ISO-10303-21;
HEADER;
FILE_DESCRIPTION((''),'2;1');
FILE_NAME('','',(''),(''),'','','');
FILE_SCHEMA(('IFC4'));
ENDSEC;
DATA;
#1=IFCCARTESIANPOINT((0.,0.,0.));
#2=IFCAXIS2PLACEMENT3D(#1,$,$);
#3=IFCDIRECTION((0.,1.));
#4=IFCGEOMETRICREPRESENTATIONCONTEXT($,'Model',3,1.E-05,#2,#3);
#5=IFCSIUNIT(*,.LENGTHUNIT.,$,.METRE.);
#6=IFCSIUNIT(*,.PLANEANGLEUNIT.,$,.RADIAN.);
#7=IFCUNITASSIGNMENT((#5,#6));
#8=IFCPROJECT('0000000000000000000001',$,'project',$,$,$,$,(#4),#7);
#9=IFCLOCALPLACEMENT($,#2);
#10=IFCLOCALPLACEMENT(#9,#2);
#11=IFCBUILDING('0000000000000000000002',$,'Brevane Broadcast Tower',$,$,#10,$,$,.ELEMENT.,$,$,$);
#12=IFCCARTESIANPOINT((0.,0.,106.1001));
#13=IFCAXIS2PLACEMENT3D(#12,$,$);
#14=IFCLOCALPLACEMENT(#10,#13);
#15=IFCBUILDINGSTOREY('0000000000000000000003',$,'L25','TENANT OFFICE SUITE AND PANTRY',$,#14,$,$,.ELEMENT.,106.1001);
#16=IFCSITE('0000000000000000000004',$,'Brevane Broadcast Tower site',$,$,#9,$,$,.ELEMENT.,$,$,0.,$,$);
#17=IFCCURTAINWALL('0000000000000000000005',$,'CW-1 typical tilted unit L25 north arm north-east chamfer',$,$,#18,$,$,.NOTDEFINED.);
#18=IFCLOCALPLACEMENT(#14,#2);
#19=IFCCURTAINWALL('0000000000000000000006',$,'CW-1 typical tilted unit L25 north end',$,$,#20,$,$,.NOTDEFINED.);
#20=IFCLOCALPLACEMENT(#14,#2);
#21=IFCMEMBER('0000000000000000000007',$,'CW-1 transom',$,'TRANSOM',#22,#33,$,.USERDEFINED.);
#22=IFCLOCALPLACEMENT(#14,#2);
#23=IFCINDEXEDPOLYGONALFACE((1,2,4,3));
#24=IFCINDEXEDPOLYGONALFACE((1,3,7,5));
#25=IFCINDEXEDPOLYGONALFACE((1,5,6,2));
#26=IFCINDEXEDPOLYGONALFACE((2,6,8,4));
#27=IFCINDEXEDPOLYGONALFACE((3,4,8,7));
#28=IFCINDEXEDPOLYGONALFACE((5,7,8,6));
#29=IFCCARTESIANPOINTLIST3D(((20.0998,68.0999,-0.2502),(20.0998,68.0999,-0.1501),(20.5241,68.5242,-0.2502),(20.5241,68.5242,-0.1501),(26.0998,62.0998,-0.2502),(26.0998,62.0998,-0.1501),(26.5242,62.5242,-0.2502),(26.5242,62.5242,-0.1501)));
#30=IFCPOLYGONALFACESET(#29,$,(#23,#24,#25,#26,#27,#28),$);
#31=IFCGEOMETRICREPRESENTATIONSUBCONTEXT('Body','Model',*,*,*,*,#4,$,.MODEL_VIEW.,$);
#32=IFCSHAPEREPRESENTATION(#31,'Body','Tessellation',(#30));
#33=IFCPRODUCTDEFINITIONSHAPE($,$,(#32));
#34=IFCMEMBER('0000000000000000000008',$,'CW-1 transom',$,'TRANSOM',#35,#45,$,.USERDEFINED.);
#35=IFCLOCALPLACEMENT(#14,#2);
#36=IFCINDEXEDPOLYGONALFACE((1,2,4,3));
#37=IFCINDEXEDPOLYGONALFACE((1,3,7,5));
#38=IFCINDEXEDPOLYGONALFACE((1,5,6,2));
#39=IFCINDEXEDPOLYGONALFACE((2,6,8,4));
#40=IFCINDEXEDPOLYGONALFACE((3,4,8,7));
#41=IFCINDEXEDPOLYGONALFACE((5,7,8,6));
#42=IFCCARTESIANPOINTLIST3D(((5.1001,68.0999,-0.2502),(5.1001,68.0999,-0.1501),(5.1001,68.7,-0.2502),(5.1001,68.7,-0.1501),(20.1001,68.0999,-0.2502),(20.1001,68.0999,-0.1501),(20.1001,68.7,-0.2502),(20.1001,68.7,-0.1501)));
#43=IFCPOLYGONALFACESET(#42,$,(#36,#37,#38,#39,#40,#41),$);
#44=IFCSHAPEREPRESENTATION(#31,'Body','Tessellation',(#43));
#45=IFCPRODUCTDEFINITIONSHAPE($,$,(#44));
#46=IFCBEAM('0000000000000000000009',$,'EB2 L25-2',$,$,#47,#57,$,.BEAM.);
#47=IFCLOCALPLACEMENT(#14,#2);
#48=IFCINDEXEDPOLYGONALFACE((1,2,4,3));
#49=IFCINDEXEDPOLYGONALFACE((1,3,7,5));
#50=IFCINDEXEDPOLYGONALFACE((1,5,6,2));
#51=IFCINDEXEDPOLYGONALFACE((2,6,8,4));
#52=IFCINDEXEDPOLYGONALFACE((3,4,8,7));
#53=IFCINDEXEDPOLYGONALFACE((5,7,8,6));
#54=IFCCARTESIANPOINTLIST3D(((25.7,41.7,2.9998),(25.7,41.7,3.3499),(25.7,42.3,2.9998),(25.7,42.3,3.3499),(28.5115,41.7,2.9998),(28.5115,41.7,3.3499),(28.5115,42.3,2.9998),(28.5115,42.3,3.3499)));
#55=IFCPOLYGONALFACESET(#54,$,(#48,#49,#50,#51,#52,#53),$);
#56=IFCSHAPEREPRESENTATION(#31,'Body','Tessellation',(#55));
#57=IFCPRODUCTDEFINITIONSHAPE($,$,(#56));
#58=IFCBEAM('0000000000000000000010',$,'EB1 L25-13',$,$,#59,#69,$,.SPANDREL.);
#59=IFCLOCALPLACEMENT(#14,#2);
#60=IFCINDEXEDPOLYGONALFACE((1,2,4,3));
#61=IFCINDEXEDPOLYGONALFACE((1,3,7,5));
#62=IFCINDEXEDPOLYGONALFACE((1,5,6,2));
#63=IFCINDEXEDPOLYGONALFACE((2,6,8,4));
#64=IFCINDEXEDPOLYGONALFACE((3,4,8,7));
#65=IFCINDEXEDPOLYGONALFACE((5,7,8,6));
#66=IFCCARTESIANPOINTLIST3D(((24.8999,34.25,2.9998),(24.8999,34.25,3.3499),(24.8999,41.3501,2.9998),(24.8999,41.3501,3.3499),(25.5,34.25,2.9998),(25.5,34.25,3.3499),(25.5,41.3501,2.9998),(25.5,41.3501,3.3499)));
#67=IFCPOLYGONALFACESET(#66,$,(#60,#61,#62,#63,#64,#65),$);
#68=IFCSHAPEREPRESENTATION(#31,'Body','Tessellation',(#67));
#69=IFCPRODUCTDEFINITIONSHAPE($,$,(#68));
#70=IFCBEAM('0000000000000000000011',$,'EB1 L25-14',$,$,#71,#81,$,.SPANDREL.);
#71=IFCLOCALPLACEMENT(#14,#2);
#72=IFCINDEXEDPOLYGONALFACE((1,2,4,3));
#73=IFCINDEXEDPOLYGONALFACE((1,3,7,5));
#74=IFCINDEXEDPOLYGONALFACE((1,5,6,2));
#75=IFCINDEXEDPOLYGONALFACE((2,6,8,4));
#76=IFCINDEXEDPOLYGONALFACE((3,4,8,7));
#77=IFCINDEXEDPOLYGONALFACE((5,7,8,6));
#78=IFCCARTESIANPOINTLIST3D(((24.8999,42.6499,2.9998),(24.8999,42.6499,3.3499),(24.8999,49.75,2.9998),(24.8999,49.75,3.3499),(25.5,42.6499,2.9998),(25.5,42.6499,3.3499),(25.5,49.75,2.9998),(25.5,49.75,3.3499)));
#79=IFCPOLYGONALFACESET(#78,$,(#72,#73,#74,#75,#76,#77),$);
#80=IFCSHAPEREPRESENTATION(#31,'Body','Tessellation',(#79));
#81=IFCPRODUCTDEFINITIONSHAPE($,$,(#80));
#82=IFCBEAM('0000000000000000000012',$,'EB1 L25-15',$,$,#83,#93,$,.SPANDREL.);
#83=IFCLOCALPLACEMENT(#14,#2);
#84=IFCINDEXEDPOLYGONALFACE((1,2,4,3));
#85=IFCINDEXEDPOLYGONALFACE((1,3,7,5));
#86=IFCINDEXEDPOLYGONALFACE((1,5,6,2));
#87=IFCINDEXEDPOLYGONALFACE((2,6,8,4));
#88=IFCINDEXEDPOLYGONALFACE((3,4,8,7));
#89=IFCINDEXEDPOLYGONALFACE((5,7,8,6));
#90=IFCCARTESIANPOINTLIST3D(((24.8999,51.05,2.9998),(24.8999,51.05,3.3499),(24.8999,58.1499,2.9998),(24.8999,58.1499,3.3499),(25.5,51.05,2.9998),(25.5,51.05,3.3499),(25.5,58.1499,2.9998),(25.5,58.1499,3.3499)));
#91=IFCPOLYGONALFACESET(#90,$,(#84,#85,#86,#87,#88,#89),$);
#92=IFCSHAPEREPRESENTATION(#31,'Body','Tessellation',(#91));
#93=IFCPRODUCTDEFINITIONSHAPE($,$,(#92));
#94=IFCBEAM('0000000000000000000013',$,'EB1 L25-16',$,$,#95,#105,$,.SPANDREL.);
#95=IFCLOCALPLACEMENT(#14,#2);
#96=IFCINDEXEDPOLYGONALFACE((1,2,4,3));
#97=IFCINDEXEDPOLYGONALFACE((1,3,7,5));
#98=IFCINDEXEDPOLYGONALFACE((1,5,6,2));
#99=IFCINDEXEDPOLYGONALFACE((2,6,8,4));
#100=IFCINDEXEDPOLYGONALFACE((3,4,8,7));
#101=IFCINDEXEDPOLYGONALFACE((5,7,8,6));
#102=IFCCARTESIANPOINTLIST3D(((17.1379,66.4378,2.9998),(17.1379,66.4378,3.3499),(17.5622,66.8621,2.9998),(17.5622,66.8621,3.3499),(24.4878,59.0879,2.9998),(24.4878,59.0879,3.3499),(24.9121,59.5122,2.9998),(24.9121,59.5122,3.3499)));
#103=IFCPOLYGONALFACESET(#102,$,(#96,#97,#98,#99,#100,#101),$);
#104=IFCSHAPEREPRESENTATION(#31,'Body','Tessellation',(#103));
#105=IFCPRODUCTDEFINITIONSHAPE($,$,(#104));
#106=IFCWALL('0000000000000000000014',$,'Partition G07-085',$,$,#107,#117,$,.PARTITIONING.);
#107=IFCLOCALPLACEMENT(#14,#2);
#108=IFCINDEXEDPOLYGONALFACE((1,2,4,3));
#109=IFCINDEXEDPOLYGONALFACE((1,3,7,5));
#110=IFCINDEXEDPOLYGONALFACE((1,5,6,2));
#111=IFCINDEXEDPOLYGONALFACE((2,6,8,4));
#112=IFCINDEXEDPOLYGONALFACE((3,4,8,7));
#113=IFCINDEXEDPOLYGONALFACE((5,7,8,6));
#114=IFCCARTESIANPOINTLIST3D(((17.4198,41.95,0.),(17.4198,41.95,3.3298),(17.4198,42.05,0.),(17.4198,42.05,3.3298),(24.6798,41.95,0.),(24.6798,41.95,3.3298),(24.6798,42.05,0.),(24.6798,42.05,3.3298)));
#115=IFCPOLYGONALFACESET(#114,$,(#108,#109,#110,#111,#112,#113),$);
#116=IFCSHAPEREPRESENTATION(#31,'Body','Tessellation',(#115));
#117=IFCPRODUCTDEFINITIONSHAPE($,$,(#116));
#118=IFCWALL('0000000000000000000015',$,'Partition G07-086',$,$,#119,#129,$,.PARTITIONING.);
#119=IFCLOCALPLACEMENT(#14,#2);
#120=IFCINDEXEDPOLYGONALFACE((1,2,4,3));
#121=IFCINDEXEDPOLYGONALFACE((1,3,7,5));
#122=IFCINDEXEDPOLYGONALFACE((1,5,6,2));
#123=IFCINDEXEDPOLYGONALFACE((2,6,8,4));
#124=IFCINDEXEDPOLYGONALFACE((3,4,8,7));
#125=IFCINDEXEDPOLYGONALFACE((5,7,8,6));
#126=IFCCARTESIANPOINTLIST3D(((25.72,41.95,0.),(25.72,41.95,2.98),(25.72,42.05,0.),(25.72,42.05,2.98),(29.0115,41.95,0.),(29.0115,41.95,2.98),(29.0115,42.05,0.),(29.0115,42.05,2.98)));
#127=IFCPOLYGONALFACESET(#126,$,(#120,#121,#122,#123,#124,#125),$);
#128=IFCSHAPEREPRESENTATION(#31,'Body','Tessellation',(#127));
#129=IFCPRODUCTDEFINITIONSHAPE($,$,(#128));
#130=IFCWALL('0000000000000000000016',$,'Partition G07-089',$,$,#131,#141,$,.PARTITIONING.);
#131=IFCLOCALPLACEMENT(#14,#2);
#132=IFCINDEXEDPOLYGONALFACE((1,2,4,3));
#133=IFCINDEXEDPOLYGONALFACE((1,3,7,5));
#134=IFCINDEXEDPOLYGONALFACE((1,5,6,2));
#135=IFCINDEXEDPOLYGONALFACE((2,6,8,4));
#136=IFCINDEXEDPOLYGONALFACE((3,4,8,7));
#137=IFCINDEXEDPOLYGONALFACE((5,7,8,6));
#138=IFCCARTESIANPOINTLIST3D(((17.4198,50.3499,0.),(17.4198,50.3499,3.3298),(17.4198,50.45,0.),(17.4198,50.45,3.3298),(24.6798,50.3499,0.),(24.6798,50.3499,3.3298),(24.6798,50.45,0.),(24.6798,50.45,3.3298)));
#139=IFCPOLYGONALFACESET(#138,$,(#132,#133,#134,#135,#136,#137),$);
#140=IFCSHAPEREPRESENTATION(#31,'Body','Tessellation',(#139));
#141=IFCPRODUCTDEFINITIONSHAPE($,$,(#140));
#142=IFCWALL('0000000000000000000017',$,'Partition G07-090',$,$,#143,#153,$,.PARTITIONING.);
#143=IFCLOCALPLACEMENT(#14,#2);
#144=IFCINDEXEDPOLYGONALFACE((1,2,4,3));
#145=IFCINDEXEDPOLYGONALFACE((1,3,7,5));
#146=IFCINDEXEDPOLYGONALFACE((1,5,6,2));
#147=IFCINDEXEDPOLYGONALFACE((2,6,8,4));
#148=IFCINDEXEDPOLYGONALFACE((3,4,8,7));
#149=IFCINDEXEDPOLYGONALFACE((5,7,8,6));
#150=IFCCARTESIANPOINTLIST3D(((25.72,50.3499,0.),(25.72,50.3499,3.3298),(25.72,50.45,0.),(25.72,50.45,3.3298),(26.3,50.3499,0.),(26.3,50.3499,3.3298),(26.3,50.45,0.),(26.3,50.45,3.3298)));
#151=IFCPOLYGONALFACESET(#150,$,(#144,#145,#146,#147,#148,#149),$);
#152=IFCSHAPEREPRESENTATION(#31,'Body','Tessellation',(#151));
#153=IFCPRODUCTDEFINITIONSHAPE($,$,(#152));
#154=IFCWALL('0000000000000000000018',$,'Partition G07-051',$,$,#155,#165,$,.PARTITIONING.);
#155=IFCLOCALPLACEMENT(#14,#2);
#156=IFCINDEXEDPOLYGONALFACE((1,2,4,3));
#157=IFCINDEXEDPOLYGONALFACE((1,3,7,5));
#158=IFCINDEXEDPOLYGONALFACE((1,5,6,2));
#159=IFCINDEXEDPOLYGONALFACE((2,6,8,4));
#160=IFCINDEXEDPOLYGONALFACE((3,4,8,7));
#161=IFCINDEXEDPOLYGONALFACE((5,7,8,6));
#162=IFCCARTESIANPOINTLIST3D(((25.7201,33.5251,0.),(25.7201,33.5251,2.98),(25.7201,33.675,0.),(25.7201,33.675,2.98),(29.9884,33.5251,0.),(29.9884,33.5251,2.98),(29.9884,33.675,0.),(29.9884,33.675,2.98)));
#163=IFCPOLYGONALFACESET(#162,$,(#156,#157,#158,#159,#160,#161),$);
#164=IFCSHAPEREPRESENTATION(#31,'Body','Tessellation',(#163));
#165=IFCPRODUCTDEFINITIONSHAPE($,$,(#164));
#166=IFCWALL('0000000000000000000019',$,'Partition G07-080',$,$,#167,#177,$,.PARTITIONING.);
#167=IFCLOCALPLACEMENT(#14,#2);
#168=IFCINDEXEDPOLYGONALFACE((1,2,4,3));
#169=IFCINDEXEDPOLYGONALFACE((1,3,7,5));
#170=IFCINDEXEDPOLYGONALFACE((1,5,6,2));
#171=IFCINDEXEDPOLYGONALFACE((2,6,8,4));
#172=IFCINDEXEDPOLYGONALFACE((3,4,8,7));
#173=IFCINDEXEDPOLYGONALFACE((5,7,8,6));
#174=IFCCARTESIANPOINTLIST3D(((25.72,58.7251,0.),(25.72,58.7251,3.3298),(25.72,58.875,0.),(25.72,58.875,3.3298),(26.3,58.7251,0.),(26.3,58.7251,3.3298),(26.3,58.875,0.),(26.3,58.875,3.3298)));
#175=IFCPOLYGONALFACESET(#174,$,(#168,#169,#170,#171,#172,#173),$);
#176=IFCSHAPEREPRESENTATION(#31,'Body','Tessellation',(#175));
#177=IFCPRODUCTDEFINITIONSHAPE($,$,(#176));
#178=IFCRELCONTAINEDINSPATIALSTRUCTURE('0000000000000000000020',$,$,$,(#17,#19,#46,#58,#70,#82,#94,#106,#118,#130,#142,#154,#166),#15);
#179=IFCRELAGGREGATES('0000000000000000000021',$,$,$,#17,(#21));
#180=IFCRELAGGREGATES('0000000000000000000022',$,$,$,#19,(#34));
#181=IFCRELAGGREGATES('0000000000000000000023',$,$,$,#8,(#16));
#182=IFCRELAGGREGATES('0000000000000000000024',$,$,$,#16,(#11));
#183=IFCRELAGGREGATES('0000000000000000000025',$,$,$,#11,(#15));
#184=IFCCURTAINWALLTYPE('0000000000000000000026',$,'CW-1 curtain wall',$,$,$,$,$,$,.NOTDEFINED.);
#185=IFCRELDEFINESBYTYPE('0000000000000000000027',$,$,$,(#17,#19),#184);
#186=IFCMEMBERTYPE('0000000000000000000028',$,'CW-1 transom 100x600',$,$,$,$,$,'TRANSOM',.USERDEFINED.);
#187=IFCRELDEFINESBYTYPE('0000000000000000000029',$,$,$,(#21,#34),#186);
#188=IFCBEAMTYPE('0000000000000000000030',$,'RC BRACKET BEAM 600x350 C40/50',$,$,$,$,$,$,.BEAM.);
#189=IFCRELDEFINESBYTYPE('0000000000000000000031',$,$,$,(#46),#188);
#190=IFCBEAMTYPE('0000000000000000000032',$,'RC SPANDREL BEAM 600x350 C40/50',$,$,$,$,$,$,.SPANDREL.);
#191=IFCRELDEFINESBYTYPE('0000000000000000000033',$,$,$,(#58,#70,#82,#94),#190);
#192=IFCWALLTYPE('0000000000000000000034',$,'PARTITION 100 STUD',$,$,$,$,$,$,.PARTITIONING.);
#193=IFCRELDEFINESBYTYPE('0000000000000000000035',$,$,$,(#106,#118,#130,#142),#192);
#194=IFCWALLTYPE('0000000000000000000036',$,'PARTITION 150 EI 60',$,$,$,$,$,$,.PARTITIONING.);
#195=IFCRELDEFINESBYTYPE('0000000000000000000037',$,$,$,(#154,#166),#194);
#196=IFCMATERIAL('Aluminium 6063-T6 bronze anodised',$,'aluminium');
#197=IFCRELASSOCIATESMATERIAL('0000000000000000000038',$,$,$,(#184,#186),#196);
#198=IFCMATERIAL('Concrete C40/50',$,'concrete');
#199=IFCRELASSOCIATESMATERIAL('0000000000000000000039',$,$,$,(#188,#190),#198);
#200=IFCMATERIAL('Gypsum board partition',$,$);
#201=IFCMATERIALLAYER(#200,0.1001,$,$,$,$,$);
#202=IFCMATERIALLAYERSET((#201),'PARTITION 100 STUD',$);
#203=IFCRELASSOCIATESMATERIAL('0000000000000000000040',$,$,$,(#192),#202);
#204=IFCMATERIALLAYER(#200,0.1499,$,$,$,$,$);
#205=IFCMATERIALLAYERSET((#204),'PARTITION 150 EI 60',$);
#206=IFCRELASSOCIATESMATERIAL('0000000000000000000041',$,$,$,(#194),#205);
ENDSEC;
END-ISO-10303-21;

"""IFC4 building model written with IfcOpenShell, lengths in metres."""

from ifc_helpers import new_model, si_unit, direction, frame, frame_2d, origin, origin_2d, place, context, subcontext, project, spatial, rectangle, extrude, material, layer, layer_set, material_profile, profile_set, type_object, element, aggregate, save


model = new_model("IFC4")

# Units and contexts
model_context = context("Model", 3, precision=1e-05, world=origin(), true_north=direction((0.0, 1.0)))
body_context = subcontext(model_context, "Body", "Model", "MODEL_VIEW")
ifc_project = project(units=[si_unit("LENGTHUNIT", "METRE"), si_unit("PLANEANGLEUNIT", "RADIAN")], contexts=[model_context])

# Site, building, storey
site_placement = place(None, origin())
site = spatial("IfcSite", under=ifc_project, at=site_placement, Name="Brevane Broadcast Tower site", CompositionType="ELEMENT", RefElevation=0.0)
building_placement = place(site_placement, origin())
building = spatial("IfcBuilding", under=site, at=building_placement, Name="Brevane Broadcast Tower", CompositionType="ELEMENT")
storey_placement = place(building_placement, frame((0.0, 0.0, 106.1001)))
storey = spatial("IfcBuildingStorey", under=building, at=storey_placement, Name="L25", Description="TENANT OFFICE SUITE AND PANTRY", CompositionType="ELEMENT", Elevation=106.1001)

# Shared definitions
ifc_material_1 = material(Name="Aluminium 6063-T6 bronze anodised", Category="aluminium")
curtain_wall_type = type_object("IfcCurtainWallType", Name="CW-1 curtain wall", PredefinedType="NOTDEFINED", material=ifc_material_1)

# Curtain wall
curtain_wall_1_placement = place(storey_placement, origin())
curtain_wall_1 = element("IfcCurtainWall", 1, at=curtain_wall_1_placement, inside=storey, type_object=curtain_wall_type, Name="CW-1 typical tilted unit L25 north arm north-east chamfer", PredefinedType="NOTDEFINED")

# Curtain wall
curtain_wall_2_placement = place(storey_placement, origin())
curtain_wall_2 = element("IfcCurtainWall", 2, at=curtain_wall_2_placement, inside=storey, type_object=curtain_wall_type, Name="CW-1 typical tilted unit L25 north end", PredefinedType="NOTDEFINED")

# Members
ifc_material_profile_1 = material_profile(ifc_material_1, rectangle(XDim=0.6001, YDim=0.1001, at=origin_2d()), Name="RECT 100x600")
ifc_profile_set_1 = profile_set([ifc_material_profile_1], Name="Aluminium 6063-T6 bronze anodised")
member_type_1 = type_object("IfcMemberType", Name="CW-1 transom 100x600", ElementType="TRANSOM", PredefinedType="USERDEFINED", material=ifc_profile_set_1)
member_1_placement = place(storey_placement, frame((26.312, 62.312, -0.2002), z_axis=(-0.707107, 0.707107, 0.0), x_axis=(-0.707107, -0.707107, 0.0)))
member_1 = element("IfcMember", 3, at=member_1_placement, type_object=member_type_1, Name="CW-1 transom", ObjectType="TRANSOM", PredefinedType="USERDEFINED", context=body_context, shape_type="SweptSolid", body=[
    extrude(rectangle(XDim=0.6001, YDim=0.1001, at=origin_2d()), origin(), (0.0, 0.0, 1.0), 8.4854),
])
aggregate(curtain_wall_1, [member_1])
member_2_placement = place(storey_placement, frame((20.1001, 68.3999, -0.2002), z_axis=(-1.0, 0.0, 0.0), x_axis=(0.0, -1.0, 0.0)))
member_2 = element("IfcMember", 4, at=member_2_placement, type_object=member_type_1, Name="CW-1 transom", ObjectType="TRANSOM", PredefinedType="USERDEFINED", context=body_context, shape_type="SweptSolid", body=[
    extrude(rectangle(XDim=0.6001, YDim=0.1001, at=origin_2d()), origin(), (0.0, 0.0, 1.0), 15.0),
])
aggregate(curtain_wall_2, [member_2])

# Beams
ifc_material_2 = material(Name="Concrete C40/50", Category="concrete")
ifc_material_profile_2 = material_profile(ifc_material_2, rectangle(XDim=0.6001, YDim=0.3501, at=origin_2d()), Name="RC 600x350")
ifc_profile_set_2 = profile_set([ifc_material_profile_2], Name="Concrete C40/50")
beam_type_1 = type_object("IfcBeamType", Name="RC BRACKET BEAM 600x350 C40/50", PredefinedType="BEAM", material=ifc_profile_set_2)
beam_1_placement = place(storey_placement, frame((25.7, 42.0, 3.1748), z_axis=(1.0, 0.0, 0.0), x_axis=(0.0, 1.0, 0.0)))
element("IfcBeam", 5, at=beam_1_placement, inside=storey, type_object=beam_type_1, Name="EB2 L25-2", PredefinedType="BEAM", context=body_context, shape_type="SweptSolid", body=[
    extrude(rectangle(XDim=0.6001, YDim=0.3501, at=origin_2d()), origin(), (0.0, 0.0, 1.0), 2.8115),
])
ifc_material_profile_3 = material_profile(ifc_material_2, rectangle(XDim=0.6001, YDim=0.3501, at=origin_2d()), Name="RC 600x350")
ifc_profile_set_3 = profile_set([ifc_material_profile_3], Name="Concrete C40/50")
beam_type_2 = type_object("IfcBeamType", Name="RC SPANDREL BEAM 600x350 C40/50", PredefinedType="SPANDREL", material=ifc_profile_set_3)
for number, where, z_axis, x_axis, name in (
    (6, (25.2, 34.25, 3.1748), (0.0, 1.0, 0.0), (-1.0, 0.0, 0.0), "EB1 L25-13"),
    (7, (25.2, 42.6499, 3.1748), (0.0, 1.0, 0.0), (-1.0, 0.0, 0.0), "EB1 L25-14"),
):
    element("IfcBeam", number, at=place(storey_placement, frame(where, z_axis=z_axis, x_axis=x_axis)), inside=storey, type_object=beam_type_2, Name=name, PredefinedType="SPANDREL", context=body_context, shape_type="SweptSolid", body=[
        extrude(rectangle(XDim=0.6001, YDim=0.3501, at=origin_2d()), origin(), (0.0, 0.0, 1.0), 7.1001),
    ])
beam_2_placement = place(storey_placement, frame((25.2, 51.05, 3.1748), z_axis=(0.0, 1.0, 0.0), x_axis=(-1.0, 0.0, 0.0)))
element("IfcBeam", 8, at=beam_2_placement, inside=storey, type_object=beam_type_2, Name="EB1 L25-15", PredefinedType="SPANDREL", context=body_context, shape_type="SweptSolid", body=[
    extrude(rectangle(XDim=0.6001, YDim=0.3501, at=origin_2d()), origin(), (0.0, 0.0, 1.0), 7.0999),
])
beam_3_placement = place(storey_placement, frame((24.7, 59.3, 3.1748), z_axis=(-0.707107, 0.707107, 0.0), x_axis=(-0.707107, -0.707107, 0.0)))
element("IfcBeam", 9, at=beam_3_placement, inside=storey, type_object=beam_type_2, Name="EB1 L25-16", PredefinedType="SPANDREL", context=body_context, shape_type="SweptSolid", body=[
    extrude(rectangle(XDim=0.6001, YDim=0.3501, at=origin_2d()), origin(), (0.0, 0.0, 1.0), 10.3943),
])

# Walls
ifc_material_3 = material(Name="Gypsum board partition")
ifc_layer_1 = layer(ifc_material_3, 0.1001)
ifc_layer_set_1 = layer_set([ifc_layer_1], Name="PARTITION 100 STUD")
wall_type_1 = type_object("IfcWallType", Name="PARTITION 100 STUD", PredefinedType="PARTITIONING", material=ifc_layer_set_1)
wall_1_placement = place(storey_placement, frame((17.4199, 42.0, 0.0), z_axis=(0.0, 0.0, 1.0), x_axis=(1.0, 0.0, 0.0)))
element("IfcWall", 10, at=wall_1_placement, inside=storey, type_object=wall_type_1, Name="Partition G07-085", PredefinedType="PARTITIONING", context=body_context, shape_type="SweptSolid", body=[
    extrude(rectangle(XDim=7.26, YDim=0.1001, at=frame_2d((3.6299, 0.0))), origin(), (0.0, 0.0, 1.0), 3.3298),
])
wall_2_placement = place(storey_placement, frame((25.72, 42.0, 0.0), z_axis=(0.0, 0.0, 1.0), x_axis=(1.0, 0.0, 0.0)))
element("IfcWall", 11, at=wall_2_placement, inside=storey, type_object=wall_type_1, Name="Partition G07-086", PredefinedType="PARTITIONING", context=body_context, shape_type="SweptSolid", body=[
    extrude(rectangle(XDim=3.2915, YDim=0.1001, at=frame_2d((1.6458, 0.0))), origin(), (0.0, 0.0, 1.0), 2.98),
])
wall_3_placement = place(storey_placement, frame((17.4199, 50.3999, 0.0), z_axis=(0.0, 0.0, 1.0), x_axis=(1.0, 0.0, 0.0)))
element("IfcWall", 12, at=wall_3_placement, inside=storey, type_object=wall_type_1, Name="Partition G07-089", PredefinedType="PARTITIONING", context=body_context, shape_type="SweptSolid", body=[
    extrude(rectangle(XDim=7.26, YDim=0.1001, at=frame_2d((3.6299, 0.0))), origin(), (0.0, 0.0, 1.0), 3.3298),
])
wall_4_placement = place(storey_placement, frame((25.72, 50.3999, 0.0), z_axis=(0.0, 0.0, 1.0), x_axis=(1.0, 0.0, 0.0)))
element("IfcWall", 13, at=wall_4_placement, inside=storey, type_object=wall_type_1, Name="Partition G07-090", PredefinedType="PARTITIONING", context=body_context, shape_type="SweptSolid", body=[
    extrude(rectangle(XDim=0.5801, YDim=0.1001, at=frame_2d((0.29, 0.0))), origin(), (0.0, 0.0, 1.0), 3.3298),
])
ifc_layer_2 = layer(ifc_material_3, 0.1499)
ifc_layer_set_2 = layer_set([ifc_layer_2], Name="PARTITION 150 EI 60")
wall_type_2 = type_object("IfcWallType", Name="PARTITION 150 EI 60", PredefinedType="PARTITIONING", material=ifc_layer_set_2)
wall_5_placement = place(storey_placement, frame((25.72, 33.6001, 0.0), z_axis=(0.0, 0.0, 1.0), x_axis=(1.0, 0.0, 0.0)))
element("IfcWall", 14, at=wall_5_placement, inside=storey, type_object=wall_type_2, Name="Partition G07-051", PredefinedType="PARTITIONING", context=body_context, shape_type="SweptSolid", body=[
    extrude(rectangle(XDim=4.2683, YDim=0.1499, at=frame_2d((2.1343, 0.0))), origin(), (0.0, 0.0, 1.0), 2.98),
])
wall_6_placement = place(storey_placement, frame((26.3, 58.8, 0.0), z_axis=(0.0, 0.0, 1.0), x_axis=(-1.0, 0.0, 0.0)))
element("IfcWall", 15, at=wall_6_placement, inside=storey, type_object=wall_type_2, Name="Partition G07-080", PredefinedType="PARTITIONING", context=body_context, shape_type="SweptSolid", body=[
    extrude(rectangle(XDim=0.5801, YDim=0.1499, at=frame_2d((0.29, 0.0))), origin(), (0.0, 0.0, 1.0), 3.3298),
])

save(model, "model.ifc")
